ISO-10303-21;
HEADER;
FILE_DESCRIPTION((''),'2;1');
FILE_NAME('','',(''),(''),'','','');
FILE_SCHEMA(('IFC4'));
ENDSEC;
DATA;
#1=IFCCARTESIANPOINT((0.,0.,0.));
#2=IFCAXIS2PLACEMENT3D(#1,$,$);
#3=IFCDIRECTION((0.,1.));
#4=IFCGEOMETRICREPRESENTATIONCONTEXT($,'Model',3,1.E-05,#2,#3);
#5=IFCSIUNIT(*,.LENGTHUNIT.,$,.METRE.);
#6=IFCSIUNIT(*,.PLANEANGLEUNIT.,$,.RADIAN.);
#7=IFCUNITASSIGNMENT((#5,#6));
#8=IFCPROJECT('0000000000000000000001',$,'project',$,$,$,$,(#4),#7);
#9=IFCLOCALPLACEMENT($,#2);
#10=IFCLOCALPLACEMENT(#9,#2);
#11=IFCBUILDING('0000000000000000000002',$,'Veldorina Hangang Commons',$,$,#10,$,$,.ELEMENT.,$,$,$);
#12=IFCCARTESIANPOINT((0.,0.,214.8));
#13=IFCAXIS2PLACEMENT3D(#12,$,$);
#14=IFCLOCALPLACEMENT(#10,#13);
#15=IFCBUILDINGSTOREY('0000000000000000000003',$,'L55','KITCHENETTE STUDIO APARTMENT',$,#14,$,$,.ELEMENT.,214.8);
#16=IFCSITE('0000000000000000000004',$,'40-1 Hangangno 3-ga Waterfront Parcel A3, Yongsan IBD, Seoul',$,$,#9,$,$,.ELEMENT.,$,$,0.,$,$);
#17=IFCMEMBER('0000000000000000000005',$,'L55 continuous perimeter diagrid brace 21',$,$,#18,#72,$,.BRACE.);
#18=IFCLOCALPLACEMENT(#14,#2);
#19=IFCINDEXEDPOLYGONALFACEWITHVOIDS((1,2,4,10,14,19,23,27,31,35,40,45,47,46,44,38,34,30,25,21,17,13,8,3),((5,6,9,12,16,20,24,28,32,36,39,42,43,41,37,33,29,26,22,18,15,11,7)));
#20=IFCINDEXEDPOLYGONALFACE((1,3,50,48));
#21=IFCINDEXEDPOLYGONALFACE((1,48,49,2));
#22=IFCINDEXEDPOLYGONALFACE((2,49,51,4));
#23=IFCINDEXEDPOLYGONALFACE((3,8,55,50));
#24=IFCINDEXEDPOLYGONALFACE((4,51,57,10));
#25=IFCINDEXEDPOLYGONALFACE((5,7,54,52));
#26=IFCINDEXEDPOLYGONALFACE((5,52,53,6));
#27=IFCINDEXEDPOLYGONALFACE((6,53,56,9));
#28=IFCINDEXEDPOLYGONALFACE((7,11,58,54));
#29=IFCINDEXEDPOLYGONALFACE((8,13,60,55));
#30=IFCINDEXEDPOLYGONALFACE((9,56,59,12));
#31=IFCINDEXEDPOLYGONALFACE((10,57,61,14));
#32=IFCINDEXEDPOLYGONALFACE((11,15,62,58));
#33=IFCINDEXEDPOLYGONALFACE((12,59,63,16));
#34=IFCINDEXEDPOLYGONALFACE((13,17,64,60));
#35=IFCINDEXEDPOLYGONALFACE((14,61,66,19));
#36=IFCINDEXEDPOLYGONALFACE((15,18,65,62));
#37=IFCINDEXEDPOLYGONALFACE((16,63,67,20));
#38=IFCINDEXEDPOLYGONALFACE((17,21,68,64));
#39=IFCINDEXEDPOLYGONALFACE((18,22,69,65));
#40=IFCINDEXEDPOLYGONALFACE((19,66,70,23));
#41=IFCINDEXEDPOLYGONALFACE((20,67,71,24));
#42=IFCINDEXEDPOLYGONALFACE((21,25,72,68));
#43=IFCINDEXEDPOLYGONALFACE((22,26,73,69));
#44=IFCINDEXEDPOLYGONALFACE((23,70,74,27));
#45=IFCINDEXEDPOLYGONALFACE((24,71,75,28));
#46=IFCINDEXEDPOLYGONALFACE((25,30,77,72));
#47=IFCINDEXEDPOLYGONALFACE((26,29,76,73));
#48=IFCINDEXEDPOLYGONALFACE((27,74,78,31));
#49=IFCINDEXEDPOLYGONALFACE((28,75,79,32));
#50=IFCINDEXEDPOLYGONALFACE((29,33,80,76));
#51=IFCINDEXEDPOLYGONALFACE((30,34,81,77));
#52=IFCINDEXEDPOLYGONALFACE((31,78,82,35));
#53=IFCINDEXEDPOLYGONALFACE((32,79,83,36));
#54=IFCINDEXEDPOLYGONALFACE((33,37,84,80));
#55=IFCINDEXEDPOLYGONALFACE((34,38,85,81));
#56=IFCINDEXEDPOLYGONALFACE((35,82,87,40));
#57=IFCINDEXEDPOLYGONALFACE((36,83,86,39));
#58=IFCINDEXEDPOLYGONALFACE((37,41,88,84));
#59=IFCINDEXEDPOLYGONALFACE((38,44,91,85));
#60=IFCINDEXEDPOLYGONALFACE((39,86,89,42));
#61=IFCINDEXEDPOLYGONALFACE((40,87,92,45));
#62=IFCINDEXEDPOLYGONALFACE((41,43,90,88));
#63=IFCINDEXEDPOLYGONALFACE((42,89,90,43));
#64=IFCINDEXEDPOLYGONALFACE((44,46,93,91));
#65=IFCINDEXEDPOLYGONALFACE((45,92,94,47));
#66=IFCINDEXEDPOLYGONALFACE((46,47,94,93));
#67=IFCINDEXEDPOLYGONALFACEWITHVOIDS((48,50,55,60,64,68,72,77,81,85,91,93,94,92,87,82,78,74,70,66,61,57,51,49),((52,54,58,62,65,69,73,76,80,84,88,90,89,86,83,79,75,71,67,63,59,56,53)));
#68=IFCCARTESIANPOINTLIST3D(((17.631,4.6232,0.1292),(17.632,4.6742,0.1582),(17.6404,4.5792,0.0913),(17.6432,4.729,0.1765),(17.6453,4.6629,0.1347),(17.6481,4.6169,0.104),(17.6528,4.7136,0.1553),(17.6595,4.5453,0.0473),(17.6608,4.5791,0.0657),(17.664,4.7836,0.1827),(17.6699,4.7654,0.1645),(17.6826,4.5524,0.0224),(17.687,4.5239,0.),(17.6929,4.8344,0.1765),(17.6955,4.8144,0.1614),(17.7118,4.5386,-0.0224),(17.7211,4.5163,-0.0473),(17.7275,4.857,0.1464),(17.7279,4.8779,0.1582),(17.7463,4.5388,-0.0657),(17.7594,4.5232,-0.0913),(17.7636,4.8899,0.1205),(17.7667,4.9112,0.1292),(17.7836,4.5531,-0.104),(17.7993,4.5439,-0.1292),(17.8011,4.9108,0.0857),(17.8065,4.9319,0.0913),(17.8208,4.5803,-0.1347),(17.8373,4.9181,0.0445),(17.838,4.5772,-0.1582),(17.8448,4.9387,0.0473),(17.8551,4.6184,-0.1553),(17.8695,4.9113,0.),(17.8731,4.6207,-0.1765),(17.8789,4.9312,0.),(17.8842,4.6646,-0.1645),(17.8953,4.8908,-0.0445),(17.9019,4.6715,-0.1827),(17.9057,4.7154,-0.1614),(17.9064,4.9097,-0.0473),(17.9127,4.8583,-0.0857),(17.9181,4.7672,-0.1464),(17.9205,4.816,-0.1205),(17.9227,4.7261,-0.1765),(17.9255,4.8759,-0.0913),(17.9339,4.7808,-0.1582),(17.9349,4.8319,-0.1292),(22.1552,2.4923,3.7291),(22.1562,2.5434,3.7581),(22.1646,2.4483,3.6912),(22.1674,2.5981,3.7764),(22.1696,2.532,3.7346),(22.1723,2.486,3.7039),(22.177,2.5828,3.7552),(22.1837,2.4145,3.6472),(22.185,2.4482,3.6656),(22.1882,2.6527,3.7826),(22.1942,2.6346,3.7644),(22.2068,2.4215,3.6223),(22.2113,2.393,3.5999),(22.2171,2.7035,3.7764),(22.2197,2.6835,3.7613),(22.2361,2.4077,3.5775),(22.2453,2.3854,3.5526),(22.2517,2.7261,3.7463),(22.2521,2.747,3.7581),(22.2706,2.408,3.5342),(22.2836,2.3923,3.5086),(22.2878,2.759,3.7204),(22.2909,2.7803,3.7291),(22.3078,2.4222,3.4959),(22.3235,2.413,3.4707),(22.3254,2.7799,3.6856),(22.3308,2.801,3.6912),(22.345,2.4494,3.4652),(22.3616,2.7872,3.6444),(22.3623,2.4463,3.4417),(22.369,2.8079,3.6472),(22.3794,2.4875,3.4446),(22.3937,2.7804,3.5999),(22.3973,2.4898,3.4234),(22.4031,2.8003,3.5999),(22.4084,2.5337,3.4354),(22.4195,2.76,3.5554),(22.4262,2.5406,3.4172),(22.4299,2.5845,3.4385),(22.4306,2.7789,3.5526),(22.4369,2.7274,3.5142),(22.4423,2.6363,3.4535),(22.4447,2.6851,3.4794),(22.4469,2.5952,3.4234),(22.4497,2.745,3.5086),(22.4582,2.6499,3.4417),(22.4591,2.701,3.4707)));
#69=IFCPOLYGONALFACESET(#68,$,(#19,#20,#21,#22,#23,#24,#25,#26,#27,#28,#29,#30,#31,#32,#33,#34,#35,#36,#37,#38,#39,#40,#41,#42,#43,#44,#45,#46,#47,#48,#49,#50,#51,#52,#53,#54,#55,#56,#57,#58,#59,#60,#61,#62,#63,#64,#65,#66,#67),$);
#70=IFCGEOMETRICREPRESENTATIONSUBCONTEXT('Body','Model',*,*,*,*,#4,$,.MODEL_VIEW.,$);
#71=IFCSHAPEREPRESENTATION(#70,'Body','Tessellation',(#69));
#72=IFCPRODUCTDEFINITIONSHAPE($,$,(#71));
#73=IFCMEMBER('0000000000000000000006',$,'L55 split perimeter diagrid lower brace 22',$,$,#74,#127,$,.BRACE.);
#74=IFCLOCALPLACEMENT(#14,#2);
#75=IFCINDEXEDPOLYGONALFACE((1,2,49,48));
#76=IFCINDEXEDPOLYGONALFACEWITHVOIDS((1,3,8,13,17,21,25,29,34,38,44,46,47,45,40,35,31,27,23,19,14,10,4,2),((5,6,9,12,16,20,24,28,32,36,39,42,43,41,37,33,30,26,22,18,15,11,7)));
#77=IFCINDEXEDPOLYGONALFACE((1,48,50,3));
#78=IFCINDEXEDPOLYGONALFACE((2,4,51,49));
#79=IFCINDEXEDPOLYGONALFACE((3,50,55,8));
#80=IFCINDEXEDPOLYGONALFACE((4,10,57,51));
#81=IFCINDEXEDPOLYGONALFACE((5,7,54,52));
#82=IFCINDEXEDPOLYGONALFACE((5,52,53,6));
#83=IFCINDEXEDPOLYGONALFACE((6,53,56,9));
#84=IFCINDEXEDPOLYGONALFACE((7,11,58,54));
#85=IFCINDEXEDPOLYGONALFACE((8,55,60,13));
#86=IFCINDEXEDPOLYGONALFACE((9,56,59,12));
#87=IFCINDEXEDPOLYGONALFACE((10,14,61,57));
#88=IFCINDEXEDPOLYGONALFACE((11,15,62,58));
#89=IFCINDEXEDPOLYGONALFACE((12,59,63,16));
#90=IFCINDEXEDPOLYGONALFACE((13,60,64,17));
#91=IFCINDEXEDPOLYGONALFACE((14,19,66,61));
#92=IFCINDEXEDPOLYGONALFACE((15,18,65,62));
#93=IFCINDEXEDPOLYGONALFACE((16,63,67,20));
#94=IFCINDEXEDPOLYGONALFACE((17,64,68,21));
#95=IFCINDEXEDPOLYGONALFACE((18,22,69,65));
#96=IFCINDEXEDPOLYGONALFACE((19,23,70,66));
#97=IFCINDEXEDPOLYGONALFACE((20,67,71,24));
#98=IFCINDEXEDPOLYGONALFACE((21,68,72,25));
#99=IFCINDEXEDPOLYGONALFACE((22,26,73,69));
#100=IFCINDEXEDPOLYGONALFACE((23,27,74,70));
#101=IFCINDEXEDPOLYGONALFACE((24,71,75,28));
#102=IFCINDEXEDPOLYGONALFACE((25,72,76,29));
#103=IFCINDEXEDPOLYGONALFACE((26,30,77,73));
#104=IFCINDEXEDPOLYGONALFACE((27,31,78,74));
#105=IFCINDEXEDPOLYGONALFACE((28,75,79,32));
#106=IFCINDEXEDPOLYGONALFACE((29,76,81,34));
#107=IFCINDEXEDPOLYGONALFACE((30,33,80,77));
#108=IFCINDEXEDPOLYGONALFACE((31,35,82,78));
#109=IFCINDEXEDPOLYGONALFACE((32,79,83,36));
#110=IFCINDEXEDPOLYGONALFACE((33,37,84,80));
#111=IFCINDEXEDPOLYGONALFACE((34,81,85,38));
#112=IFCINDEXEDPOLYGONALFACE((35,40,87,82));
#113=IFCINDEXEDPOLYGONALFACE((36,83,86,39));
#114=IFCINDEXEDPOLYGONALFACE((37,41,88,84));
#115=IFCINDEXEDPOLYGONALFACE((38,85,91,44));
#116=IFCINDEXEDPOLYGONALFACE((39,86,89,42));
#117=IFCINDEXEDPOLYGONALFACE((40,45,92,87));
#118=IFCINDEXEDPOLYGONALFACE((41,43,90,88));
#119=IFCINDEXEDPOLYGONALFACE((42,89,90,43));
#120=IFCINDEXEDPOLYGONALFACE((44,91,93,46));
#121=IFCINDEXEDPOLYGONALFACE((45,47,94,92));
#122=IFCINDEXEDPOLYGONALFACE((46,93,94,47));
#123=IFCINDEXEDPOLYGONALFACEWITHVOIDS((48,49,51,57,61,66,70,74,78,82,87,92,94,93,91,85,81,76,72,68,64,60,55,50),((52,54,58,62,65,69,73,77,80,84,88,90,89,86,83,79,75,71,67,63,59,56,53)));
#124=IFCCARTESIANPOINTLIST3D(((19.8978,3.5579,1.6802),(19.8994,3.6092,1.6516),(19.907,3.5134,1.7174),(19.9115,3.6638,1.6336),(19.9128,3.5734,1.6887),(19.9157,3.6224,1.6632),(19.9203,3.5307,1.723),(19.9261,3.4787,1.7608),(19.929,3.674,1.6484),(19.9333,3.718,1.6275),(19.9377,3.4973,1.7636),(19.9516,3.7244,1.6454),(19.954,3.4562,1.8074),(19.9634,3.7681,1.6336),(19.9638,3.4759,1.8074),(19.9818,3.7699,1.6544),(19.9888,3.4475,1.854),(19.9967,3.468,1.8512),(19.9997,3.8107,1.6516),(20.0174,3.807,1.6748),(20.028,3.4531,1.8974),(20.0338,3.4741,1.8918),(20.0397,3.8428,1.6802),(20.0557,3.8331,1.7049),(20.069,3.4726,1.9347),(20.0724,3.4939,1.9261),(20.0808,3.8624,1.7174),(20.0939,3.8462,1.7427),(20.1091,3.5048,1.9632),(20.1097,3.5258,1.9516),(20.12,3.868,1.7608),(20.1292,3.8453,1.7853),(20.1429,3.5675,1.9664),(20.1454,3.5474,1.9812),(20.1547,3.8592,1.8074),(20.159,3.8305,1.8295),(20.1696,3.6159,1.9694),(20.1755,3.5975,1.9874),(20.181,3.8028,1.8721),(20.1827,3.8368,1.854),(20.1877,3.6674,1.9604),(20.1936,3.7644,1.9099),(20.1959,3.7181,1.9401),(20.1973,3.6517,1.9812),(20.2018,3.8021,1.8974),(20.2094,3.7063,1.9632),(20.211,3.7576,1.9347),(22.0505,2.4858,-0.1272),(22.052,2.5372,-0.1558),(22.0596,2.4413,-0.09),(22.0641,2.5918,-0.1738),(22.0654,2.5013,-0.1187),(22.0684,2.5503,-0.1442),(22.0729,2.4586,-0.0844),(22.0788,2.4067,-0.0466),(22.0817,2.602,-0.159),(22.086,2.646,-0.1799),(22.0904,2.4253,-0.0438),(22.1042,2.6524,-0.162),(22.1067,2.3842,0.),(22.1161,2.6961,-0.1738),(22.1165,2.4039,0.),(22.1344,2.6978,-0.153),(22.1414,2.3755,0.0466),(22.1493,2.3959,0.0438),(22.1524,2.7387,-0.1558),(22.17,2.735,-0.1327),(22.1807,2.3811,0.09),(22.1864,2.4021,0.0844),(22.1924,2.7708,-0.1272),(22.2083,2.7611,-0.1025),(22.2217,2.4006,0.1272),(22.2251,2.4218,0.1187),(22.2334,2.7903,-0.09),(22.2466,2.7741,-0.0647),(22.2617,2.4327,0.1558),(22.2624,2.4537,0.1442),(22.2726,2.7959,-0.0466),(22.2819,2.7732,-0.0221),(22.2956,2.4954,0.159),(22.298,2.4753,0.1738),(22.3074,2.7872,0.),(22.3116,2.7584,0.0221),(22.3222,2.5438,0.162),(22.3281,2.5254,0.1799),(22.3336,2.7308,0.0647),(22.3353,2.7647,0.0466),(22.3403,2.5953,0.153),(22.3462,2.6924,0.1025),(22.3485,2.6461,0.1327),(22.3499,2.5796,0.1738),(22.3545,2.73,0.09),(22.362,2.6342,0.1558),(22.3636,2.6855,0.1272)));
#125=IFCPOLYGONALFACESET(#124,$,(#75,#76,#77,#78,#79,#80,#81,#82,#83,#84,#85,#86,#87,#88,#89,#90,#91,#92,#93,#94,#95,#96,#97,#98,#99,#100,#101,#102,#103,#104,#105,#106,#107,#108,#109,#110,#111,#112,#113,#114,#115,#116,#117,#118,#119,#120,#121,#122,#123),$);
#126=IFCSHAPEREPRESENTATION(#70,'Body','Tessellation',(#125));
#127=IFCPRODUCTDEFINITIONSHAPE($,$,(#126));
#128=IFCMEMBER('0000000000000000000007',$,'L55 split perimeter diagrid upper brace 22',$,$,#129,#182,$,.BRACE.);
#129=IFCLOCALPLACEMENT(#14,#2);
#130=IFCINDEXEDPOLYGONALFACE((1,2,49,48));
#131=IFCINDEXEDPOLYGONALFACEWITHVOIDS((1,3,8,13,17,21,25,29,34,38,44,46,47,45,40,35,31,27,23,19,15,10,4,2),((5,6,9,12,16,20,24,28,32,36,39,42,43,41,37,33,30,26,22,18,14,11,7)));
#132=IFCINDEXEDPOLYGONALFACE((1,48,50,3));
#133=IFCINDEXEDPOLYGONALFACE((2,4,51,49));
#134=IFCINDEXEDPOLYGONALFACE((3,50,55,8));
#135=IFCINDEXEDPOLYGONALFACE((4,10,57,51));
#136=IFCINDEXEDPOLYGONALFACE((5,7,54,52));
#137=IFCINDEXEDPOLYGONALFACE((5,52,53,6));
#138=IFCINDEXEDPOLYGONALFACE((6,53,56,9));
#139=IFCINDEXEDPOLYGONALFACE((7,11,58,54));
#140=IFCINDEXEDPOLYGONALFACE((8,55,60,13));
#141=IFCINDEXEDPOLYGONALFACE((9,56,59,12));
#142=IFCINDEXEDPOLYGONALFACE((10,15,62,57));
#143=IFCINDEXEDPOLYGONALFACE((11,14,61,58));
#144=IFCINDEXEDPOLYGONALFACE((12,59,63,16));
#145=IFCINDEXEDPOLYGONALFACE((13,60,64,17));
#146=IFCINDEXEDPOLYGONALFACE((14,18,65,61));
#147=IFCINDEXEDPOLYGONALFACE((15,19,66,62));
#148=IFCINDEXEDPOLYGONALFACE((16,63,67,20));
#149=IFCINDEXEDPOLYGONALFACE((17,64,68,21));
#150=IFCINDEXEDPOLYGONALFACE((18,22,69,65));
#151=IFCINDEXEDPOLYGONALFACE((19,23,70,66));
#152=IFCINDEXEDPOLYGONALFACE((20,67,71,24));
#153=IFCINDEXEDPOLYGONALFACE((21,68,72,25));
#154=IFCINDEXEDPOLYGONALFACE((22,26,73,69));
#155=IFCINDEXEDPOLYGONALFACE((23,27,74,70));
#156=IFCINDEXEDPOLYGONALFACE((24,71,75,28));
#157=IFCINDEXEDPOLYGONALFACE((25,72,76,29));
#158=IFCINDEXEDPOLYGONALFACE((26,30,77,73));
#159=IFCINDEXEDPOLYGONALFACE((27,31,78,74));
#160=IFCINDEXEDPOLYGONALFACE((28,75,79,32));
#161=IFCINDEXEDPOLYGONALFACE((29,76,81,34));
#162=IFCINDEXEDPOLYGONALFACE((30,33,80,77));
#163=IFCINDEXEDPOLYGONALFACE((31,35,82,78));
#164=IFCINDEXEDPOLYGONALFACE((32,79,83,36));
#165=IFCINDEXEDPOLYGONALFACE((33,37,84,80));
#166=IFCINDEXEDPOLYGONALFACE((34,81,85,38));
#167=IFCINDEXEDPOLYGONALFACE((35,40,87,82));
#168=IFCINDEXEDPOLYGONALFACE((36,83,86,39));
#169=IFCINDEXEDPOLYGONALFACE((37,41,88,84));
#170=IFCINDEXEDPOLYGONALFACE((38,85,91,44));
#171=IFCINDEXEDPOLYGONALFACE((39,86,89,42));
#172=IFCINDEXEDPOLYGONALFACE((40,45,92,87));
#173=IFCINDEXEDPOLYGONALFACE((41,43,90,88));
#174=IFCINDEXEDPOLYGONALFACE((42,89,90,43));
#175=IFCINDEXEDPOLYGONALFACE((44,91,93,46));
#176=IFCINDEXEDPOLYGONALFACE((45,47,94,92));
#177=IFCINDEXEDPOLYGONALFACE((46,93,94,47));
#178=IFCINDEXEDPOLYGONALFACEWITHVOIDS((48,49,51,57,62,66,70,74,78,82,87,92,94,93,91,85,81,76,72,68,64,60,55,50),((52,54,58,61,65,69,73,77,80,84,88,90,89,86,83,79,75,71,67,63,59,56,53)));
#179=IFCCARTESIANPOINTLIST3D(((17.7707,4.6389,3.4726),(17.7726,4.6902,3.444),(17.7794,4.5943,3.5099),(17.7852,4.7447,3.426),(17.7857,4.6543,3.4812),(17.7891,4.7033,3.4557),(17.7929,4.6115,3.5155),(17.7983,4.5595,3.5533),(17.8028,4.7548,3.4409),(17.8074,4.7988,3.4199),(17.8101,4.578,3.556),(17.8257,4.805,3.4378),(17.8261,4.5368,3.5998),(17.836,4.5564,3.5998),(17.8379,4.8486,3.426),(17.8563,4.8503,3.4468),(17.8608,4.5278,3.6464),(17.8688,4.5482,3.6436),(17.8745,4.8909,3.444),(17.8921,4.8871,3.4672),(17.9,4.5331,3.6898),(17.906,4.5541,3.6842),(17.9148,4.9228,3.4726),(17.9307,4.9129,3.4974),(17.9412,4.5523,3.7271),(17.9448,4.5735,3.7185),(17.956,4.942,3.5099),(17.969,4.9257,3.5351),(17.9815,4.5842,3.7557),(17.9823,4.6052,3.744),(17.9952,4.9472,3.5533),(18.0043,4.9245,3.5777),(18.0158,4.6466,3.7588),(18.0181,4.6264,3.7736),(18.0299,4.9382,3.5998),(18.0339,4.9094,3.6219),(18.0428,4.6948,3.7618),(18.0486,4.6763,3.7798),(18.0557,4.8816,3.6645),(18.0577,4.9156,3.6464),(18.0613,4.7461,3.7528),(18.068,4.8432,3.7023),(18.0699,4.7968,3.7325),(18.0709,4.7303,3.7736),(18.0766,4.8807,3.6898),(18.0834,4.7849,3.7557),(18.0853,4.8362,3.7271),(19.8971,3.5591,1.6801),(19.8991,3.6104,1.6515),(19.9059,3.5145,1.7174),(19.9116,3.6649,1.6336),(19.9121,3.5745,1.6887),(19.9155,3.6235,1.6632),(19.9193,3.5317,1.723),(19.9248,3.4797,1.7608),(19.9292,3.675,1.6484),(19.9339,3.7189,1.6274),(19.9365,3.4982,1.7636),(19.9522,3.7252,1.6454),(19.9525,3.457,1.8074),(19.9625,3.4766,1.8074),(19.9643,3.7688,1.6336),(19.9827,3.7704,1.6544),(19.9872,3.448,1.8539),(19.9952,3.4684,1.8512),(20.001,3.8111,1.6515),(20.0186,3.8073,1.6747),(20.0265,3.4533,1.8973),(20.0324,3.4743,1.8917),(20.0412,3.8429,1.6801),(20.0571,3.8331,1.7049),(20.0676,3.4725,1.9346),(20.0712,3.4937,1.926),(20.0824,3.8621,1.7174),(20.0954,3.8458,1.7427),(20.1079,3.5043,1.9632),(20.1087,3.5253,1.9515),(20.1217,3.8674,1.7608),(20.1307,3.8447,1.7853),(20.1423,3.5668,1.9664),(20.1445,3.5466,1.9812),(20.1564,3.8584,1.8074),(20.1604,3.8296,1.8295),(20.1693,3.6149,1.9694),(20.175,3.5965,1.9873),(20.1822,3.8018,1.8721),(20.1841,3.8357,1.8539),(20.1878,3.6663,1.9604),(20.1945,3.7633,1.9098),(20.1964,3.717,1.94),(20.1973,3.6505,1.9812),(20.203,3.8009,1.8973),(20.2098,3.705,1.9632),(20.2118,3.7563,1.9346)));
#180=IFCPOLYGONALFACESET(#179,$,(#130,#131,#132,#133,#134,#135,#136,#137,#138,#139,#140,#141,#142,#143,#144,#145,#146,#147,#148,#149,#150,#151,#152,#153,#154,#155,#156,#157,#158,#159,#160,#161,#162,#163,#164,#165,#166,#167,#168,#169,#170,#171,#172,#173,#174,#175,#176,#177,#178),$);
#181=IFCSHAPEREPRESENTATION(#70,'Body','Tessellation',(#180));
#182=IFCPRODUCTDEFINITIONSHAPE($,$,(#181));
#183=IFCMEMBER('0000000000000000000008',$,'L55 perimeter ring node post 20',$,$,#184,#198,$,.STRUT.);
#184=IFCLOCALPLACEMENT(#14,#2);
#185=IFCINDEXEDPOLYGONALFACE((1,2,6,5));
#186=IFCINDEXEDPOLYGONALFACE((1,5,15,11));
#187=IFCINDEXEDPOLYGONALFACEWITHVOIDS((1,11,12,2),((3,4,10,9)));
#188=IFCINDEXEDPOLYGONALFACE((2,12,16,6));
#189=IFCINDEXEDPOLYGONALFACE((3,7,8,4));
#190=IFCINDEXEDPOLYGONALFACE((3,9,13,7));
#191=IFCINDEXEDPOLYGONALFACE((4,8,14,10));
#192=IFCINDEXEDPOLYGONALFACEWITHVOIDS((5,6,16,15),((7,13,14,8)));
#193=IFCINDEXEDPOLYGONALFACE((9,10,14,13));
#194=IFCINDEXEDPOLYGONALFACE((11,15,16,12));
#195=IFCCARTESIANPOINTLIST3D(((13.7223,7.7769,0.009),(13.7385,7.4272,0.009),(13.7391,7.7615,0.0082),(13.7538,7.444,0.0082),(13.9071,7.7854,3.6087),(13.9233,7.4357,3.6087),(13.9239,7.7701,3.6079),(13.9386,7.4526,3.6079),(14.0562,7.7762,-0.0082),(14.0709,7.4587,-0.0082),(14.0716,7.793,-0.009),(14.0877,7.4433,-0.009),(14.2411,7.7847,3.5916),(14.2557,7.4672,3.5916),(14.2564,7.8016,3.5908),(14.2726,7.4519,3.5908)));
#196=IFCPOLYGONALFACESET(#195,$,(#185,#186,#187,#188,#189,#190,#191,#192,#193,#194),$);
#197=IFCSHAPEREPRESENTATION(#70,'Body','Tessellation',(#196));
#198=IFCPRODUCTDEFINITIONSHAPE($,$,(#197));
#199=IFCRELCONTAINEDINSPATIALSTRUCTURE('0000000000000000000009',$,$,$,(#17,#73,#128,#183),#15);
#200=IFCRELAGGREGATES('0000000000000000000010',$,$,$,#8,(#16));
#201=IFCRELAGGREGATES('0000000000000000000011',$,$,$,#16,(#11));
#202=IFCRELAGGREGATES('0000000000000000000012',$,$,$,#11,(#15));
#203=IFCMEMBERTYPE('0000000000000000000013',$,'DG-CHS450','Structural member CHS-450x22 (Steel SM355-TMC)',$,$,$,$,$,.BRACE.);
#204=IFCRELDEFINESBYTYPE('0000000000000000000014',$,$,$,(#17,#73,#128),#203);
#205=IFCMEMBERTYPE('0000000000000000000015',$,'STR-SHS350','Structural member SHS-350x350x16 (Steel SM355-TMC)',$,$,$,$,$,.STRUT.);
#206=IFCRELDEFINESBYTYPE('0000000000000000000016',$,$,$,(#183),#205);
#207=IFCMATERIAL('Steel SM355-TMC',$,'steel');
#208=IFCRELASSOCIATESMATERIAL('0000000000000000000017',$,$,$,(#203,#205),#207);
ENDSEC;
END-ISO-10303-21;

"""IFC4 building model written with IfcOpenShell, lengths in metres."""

from ifc_helpers import new_model, si_unit, direction, frame, origin, origin_2d, place, context, subcontext, project, spatial, hollow_rectangle, hollow_circle, extrude, material, material_profile, profile_set, type_object, element, save


model = new_model("IFC4")

# Units and contexts
model_context = context("Model", 3, precision=1e-05, world=origin(), true_north=direction((0.0, 1.0)))
body_context = subcontext(model_context, "Body", "Model", "MODEL_VIEW")
ifc_project = project(units=[si_unit("LENGTHUNIT", "METRE"), si_unit("PLANEANGLEUNIT", "RADIAN")], contexts=[model_context])

# Site, building, storey
site_placement = place(None, origin())
site = spatial("IfcSite", under=ifc_project, at=site_placement, Name="40-1 Hangangno 3-ga Waterfront Parcel A3, Yongsan IBD, Seoul", CompositionType="ELEMENT", RefElevation=0.0)
building_placement = place(site_placement, origin())
building = spatial("IfcBuilding", under=site, at=building_placement, Name="Veldorina Hangang Commons", CompositionType="ELEMENT")
storey_placement = place(building_placement, frame((0.0, 0.0, 214.8)))
storey = spatial("IfcBuildingStorey", under=building, at=storey_placement, Name="L55", Description="KITCHENETTE STUDIO APARTMENT", CompositionType="ELEMENT", Elevation=214.8)

# Shared definitions
ifc_material_1 = material(Name="Steel SM355-TMC", Category="steel")

# Members
ifc_material_profile_1 = material_profile(ifc_material_1, hollow_circle(Radius=0.2251, WallThickness=0.022, at=origin_2d()), Name="CHS-450x22")
ifc_profile_set_1 = profile_set([ifc_material_profile_1], Name="Steel SM355-TMC")
member_type_1 = type_object("IfcMemberType", Name="DG-CHS450", Description="Structural member CHS-450x22 (Steel SM355-TMC)", PredefinedType="BRACE", material=ifc_profile_set_1)
member_1_placement = place(storey_placement, frame((17.783, 4.7275, 0.0), z_axis=(0.73423, -0.345818, 0.584222), x_axis=(0.426098, 0.904677, 0.0)))
element("IfcMember", 1, at=member_1_placement, inside=storey, type_object=member_type_1, Name="L55 continuous perimeter diagrid brace 21", PredefinedType="BRACE", context=body_context, shape_type="SweptSolid", body=[
    extrude(hollow_circle(Radius=0.2251, WallThickness=0.022, at=origin_2d()), origin(), (0.0, 0.0, 1.0), 6.1619),
])
member_2_placement = place(storey_placement, frame((22.207, 2.5857, 0.0), z_axis=(-0.715566, 0.356363, 0.600809), x_axis=(-0.445792, -0.895137, 0.0)))
element("IfcMember", 2, at=member_2_placement, inside=storey, type_object=member_type_1, Name="L55 split perimeter diagrid lower brace 22", PredefinedType="BRACE", context=body_context, shape_type="SweptSolid", body=[
    extrude(hollow_circle(Radius=0.2251, WallThickness=0.022, at=origin_2d()), origin(), (0.0, 0.0, 1.0), 3.0083),
])
member_3_placement = place(storey_placement, frame((20.0544, 3.6577, 1.8074), z_axis=(-0.712757, 0.361943, 0.600811), x_axis=(-0.452774, -0.891625, 0.0)))
element("IfcMember", 3, at=member_3_placement, inside=storey, type_object=member_type_1, Name="L55 split perimeter diagrid upper brace 22", PredefinedType="BRACE", context=body_context, shape_type="SweptSolid", body=[
    extrude(hollow_circle(Radius=0.2251, WallThickness=0.022, at=origin_2d()), origin(), (0.0, 0.0, 1.0), 2.9834),
])
ifc_material_profile_2 = material_profile(ifc_material_1, hollow_rectangle(XDim=0.3501, YDim=0.3501, WallThickness=0.0161, at=origin_2d()), Name="SHS-350x350x16")
ifc_profile_set_2 = profile_set([ifc_material_profile_2], Name="Steel SM355-TMC")
member_type_2 = type_object("IfcMemberType", Name="STR-SHS350", Description="Structural member SHS-350x350x16 (Steel SM355-TMC)", PredefinedType="STRUT", material=ifc_profile_set_2)
member_4_placement = place(storey_placement, frame((13.905, 7.6101, 0.0), z_axis=(0.051272, 0.002371, 0.998682), x_axis=(-0.046186, 0.998933, 0.0)))
element("IfcMember", 4, at=member_4_placement, inside=storey, type_object=member_type_2, Name="L55 perimeter ring node post 20", PredefinedType="STRUT", context=body_context, shape_type="SweptSolid", body=[
    extrude(hollow_rectangle(XDim=0.3501, YDim=0.3501, WallThickness=0.0161, at=origin_2d()), origin(), (0.0, 0.0, 1.0), 3.6045),
])

save(model, "model.ifc")
